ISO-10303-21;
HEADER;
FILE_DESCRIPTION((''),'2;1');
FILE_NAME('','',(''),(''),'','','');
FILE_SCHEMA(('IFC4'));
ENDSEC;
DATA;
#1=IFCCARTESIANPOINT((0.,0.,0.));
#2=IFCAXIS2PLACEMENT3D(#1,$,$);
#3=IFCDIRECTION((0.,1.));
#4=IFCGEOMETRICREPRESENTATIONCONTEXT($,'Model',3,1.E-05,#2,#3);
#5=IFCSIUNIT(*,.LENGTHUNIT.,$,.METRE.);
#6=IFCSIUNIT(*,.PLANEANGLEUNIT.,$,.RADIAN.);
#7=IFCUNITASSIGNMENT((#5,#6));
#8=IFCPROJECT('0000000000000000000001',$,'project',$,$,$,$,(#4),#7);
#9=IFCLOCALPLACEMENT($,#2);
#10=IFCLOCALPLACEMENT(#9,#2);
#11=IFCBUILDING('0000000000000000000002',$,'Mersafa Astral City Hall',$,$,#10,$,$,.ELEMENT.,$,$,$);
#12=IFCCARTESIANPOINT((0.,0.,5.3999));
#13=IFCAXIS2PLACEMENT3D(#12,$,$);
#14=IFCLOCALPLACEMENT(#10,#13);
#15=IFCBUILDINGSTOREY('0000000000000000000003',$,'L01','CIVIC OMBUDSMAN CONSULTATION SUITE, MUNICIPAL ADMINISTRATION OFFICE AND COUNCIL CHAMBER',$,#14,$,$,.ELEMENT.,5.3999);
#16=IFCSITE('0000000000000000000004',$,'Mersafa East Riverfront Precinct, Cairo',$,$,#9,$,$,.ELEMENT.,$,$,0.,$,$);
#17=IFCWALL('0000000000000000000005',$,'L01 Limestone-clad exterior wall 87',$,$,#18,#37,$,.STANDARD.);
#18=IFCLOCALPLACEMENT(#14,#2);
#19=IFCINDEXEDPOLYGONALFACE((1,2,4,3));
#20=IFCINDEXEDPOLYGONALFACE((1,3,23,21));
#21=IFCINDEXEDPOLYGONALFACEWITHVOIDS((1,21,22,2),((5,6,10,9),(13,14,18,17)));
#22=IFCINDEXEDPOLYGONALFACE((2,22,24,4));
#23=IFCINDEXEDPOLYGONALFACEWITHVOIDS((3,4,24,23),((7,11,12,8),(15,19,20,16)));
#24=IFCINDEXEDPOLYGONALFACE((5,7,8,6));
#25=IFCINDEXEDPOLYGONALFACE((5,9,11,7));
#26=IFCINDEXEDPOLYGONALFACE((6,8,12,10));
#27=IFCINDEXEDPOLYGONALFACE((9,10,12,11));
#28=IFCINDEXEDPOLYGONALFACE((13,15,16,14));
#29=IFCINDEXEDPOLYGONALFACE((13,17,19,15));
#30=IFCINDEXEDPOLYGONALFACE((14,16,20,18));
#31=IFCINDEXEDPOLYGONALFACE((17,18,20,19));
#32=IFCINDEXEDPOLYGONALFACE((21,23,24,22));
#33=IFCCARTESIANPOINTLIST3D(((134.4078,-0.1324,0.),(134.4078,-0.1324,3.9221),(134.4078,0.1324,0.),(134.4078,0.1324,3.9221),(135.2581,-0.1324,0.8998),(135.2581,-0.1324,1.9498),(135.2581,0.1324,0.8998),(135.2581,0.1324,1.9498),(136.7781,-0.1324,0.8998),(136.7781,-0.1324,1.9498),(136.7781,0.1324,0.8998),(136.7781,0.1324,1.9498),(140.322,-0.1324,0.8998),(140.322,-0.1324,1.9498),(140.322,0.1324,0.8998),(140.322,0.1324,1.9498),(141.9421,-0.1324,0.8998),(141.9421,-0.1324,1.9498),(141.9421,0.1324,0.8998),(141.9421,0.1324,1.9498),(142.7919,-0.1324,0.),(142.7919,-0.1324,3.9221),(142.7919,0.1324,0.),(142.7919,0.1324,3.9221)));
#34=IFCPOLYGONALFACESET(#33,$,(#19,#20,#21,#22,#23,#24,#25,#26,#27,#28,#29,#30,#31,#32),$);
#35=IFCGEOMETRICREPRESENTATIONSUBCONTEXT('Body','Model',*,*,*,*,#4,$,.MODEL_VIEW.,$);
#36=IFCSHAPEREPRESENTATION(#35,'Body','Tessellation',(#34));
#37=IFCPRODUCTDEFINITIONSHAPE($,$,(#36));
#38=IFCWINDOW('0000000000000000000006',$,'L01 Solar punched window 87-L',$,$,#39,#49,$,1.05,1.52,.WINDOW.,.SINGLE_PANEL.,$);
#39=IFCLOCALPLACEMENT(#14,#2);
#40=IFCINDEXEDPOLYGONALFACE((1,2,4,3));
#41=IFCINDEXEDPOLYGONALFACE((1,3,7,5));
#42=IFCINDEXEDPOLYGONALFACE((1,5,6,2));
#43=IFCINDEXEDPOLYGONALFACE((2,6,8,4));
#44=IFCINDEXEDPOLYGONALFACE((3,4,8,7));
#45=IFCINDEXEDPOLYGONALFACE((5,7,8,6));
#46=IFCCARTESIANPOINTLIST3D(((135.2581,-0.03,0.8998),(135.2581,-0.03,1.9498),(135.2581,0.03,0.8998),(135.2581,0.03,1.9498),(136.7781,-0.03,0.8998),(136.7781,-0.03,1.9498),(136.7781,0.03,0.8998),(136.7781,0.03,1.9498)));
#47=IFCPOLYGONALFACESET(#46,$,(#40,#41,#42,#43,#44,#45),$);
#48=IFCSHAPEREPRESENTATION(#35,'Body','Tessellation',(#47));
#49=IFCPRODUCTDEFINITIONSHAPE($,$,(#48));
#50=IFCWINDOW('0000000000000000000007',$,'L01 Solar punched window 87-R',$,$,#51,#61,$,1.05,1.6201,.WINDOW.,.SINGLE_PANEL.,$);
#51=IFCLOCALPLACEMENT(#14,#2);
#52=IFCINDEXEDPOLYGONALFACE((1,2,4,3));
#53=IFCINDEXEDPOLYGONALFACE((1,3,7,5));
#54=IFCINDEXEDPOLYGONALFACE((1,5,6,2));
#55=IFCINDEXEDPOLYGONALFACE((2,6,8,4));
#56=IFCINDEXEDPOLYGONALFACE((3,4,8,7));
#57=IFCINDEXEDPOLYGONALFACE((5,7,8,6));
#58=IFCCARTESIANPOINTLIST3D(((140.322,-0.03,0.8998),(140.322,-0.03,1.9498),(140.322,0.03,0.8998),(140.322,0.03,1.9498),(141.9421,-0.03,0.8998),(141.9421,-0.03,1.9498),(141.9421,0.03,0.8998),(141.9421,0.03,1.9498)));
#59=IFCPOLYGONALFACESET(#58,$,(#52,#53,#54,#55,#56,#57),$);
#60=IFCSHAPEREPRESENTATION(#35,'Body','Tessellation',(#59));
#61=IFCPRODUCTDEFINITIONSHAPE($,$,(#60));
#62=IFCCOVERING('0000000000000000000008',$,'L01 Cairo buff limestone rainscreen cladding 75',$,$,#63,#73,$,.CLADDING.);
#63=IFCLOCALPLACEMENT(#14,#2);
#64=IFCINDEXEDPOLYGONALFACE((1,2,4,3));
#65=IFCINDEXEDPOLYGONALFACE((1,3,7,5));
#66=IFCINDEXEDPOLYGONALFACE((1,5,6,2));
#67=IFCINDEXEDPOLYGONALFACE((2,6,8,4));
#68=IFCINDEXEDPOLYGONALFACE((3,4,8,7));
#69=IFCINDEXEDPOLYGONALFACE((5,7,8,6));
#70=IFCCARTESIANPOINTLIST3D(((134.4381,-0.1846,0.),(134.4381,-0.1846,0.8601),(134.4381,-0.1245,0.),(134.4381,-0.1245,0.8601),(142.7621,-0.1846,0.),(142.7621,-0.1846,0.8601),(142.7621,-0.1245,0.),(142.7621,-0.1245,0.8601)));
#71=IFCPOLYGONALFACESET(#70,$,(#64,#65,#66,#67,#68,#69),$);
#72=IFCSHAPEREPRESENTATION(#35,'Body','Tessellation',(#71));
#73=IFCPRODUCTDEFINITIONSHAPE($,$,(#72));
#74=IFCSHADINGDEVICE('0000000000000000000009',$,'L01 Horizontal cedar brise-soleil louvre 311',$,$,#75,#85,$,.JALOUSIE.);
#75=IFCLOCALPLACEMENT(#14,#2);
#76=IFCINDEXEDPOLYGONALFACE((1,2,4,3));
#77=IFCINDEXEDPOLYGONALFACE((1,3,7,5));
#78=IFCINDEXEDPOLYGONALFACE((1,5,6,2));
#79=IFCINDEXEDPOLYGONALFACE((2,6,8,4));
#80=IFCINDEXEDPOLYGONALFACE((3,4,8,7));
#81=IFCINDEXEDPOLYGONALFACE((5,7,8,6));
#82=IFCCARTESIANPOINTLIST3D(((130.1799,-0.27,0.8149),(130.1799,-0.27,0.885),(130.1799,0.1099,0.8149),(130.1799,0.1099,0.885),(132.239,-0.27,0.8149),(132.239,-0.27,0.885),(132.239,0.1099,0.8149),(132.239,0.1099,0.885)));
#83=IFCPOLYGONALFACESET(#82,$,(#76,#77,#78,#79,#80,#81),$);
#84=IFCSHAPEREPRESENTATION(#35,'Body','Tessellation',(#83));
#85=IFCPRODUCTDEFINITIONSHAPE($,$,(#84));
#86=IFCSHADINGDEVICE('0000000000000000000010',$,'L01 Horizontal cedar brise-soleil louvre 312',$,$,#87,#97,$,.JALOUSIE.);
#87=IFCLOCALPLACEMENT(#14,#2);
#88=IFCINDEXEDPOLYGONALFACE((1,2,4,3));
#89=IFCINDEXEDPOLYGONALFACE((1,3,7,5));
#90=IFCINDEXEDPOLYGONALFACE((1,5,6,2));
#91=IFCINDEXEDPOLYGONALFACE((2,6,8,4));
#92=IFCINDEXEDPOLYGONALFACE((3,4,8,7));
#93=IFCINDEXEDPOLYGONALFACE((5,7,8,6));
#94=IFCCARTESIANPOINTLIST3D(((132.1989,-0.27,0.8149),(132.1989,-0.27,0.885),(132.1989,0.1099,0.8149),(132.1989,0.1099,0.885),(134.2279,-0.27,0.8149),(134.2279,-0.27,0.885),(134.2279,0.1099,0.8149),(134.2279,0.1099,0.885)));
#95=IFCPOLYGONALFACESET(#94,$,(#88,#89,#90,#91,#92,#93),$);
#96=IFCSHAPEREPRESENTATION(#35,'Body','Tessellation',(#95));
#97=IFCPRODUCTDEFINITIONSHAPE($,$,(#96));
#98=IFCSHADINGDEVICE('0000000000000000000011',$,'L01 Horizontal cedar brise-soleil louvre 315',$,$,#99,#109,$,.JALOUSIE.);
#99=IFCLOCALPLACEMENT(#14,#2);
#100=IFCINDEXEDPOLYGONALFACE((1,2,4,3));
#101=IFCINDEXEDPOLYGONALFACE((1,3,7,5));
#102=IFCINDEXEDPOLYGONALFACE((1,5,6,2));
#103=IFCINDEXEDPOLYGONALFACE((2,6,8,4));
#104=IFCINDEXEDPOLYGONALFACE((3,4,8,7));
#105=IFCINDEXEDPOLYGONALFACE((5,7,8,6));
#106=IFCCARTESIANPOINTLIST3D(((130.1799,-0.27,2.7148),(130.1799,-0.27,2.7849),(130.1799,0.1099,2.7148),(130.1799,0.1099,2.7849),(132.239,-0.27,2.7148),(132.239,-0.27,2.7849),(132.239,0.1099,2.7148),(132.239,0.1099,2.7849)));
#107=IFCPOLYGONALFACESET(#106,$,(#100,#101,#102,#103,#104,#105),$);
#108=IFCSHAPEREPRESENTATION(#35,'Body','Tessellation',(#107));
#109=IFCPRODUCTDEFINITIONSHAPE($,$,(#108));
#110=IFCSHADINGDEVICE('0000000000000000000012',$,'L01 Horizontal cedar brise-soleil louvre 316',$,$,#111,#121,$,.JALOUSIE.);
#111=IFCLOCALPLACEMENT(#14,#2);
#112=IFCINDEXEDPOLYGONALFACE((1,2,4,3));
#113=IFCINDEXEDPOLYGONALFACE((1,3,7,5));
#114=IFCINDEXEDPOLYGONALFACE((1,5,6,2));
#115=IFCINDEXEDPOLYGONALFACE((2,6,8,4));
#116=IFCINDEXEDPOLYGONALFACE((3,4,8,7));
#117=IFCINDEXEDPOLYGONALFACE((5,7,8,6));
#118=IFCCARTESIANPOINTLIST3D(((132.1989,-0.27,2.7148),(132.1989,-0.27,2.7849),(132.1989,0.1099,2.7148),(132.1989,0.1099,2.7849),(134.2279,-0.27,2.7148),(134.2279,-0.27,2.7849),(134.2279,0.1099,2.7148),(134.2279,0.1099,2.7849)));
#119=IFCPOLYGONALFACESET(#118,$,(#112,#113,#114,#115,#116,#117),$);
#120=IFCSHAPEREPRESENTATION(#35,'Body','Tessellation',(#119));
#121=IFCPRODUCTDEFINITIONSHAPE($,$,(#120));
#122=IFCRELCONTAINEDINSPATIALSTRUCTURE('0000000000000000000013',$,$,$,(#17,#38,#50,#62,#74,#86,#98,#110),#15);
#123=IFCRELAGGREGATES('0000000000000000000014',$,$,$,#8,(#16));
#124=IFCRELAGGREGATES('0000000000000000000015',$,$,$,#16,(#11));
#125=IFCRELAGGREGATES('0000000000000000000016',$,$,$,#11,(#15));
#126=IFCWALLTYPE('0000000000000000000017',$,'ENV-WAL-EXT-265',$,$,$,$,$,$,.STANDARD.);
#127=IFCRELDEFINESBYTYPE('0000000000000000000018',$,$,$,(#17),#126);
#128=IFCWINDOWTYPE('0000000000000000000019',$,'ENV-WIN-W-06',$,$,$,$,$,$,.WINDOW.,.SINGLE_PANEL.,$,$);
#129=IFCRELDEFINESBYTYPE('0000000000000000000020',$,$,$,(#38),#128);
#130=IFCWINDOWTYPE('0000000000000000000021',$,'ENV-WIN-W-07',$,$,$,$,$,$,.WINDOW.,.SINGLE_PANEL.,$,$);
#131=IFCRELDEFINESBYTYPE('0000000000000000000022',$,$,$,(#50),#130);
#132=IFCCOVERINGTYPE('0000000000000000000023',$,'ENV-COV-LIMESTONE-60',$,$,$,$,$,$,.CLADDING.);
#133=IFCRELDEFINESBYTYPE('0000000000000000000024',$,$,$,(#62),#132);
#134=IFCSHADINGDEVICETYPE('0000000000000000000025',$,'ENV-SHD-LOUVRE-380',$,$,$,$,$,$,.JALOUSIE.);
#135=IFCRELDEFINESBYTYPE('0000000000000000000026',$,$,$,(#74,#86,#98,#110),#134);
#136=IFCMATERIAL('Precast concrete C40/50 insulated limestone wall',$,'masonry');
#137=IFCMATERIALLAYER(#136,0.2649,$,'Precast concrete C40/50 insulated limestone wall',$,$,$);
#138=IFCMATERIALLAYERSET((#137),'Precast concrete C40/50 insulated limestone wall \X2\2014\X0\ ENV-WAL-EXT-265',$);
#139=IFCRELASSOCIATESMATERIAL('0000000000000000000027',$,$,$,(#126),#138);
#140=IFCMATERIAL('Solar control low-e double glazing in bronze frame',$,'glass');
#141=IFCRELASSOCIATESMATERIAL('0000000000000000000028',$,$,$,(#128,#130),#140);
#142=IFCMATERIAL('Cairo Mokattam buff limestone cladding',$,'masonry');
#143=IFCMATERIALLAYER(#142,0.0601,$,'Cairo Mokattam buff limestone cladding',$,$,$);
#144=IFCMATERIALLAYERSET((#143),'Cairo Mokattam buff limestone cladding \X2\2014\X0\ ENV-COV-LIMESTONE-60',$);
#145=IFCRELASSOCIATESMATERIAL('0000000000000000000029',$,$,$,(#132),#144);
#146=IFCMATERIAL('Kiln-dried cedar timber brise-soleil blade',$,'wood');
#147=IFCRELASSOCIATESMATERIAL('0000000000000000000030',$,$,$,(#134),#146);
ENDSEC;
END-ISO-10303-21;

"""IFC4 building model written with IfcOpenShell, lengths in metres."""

from ifc_helpers import new_model, si_unit, direction, frame, frame_2d, origin, origin_2d, place, context, subcontext, project, spatial, rectangle, extrude, material, layer, layer_set, type_object, element, fill, save


model = new_model("IFC4")

# Units and contexts
model_context = context("Model", 3, precision=1e-05, world=origin(), true_north=direction((0.0, 1.0)))
body_context = subcontext(model_context, "Body", "Model", "MODEL_VIEW")
ifc_project = project(units=[si_unit("LENGTHUNIT", "METRE"), si_unit("PLANEANGLEUNIT", "RADIAN")], contexts=[model_context])

# Site, building, storey
site_placement = place(None, origin())
site = spatial("IfcSite", under=ifc_project, at=site_placement, Name="Mersafa East Riverfront Precinct, Cairo", CompositionType="ELEMENT", RefElevation=0.0)
building_placement = place(site_placement, origin())
building = spatial("IfcBuilding", under=site, at=building_placement, Name="Mersafa Astral City Hall", CompositionType="ELEMENT")
storey_placement = place(building_placement, frame((0.0, 0.0, 5.3999)))
storey = spatial("IfcBuildingStorey", under=building, at=storey_placement, Name="L01", Description="CIVIC OMBUDSMAN CONSULTATION SUITE, MUNICIPAL ADMINISTRATION OFFICE AND COUNCIL CHAMBER", CompositionType="ELEMENT", Elevation=5.3999)

# Wall, openings, windows
ifc_material_1 = material(Name="Precast concrete C40/50 insulated limestone wall", Category="masonry")
ifc_layer_1 = layer(ifc_material_1, 0.2649, Name="Precast concrete C40/50 insulated limestone wall")
ifc_layer_set_1 = layer_set([ifc_layer_1], Name="Precast concrete C40/50 insulated limestone wall — ENV-WAL-EXT-265")
wall_type = type_object("IfcWallType", Name="ENV-WAL-EXT-265", PredefinedType="STANDARD", material=ifc_layer_set_1)
wall_placement = place(storey_placement, frame((134.408, 0.0, 0.0), z_axis=(0.0, 0.0, 1.0), x_axis=(1.0, 0.0, 0.0)))
wall = element("IfcWall", 1, at=wall_placement, inside=storey, type_object=wall_type, Name="L01 Limestone-clad exterior wall 87", PredefinedType="STANDARD", context=body_context, shape_type="SweptSolid", body=[
    extrude(rectangle(XDim=8.384, YDim=0.2649, at=frame_2d((4.1919, 0.0))), origin(), (0.0, 0.0, 1.0), 3.9221),
])
opening_1_placement = place(wall_placement, frame((0.8501, 0.0, 0.8999)))
opening_1 = element("IfcOpeningElement", 2, at=opening_1_placement, cuts=wall, PredefinedType="OPENING", context=body_context, shape_type="SweptSolid", body=[
    extrude(rectangle(XDim=1.52, YDim=1.05, at=frame_2d((0.76, 0.5249))), frame((0.0, 0.1423, 0.0), z_axis=(0.0, -1.0, 0.0), x_axis=(1.0, 0.0, 0.0)), (0.0, 0.0, 1.0), 0.2849),
])
opening_2_placement = place(wall_placement, frame((5.9141, 0.0, 0.8999)))
opening_2 = element("IfcOpeningElement", 3, at=opening_2_placement, cuts=wall, PredefinedType="OPENING", context=body_context, shape_type="SweptSolid", body=[
    extrude(rectangle(XDim=1.6201, YDim=1.05, at=frame_2d((0.8101, 0.5249))), frame((0.0, 0.1423, 0.0), z_axis=(0.0, -1.0, 0.0), x_axis=(1.0, 0.0, 0.0)), (0.0, 0.0, 1.0), 0.2849),
])
ifc_material_2 = material(Name="Solar control low-e double glazing in bronze frame", Category="glass")
window_type_1 = type_object("IfcWindowType", Name="ENV-WIN-W-06", PartitioningType="SINGLE_PANEL", PredefinedType="WINDOW", material=ifc_material_2)
window_1_placement = place(opening_1_placement, origin())
window_1 = element("IfcWindow", 4, at=window_1_placement, inside=storey, type_object=window_type_1, Name="L01 Solar punched window 87-L", OverallHeight=1.05, OverallWidth=1.52, PartitioningType="SINGLE_PANEL", PredefinedType="WINDOW", context=body_context, shape_type="SweptSolid", body=[
    extrude(rectangle(XDim=1.52, YDim=1.05, at=frame_2d((0.76, 0.5249))), frame((0.0, 0.03, 0.0), z_axis=(0.0, -1.0, 0.0), x_axis=(1.0, 0.0, 0.0)), (0.0, 0.0, 1.0), 0.0601),
])
fill(opening_1, window_1)
window_type_2 = type_object("IfcWindowType", Name="ENV-WIN-W-07", PartitioningType="SINGLE_PANEL", PredefinedType="WINDOW", material=ifc_material_2)
window_2_placement = place(opening_2_placement, origin())
window_2 = element("IfcWindow", 5, at=window_2_placement, inside=storey, type_object=window_type_2, Name="L01 Solar punched window 87-R", OverallHeight=1.05, OverallWidth=1.6201, PartitioningType="SINGLE_PANEL", PredefinedType="WINDOW", context=body_context, shape_type="SweptSolid", body=[
    extrude(rectangle(XDim=1.6201, YDim=1.05, at=frame_2d((0.8101, 0.5249))), frame((0.0, 0.03, 0.0), z_axis=(0.0, -1.0, 0.0), x_axis=(1.0, 0.0, 0.0)), (0.0, 0.0, 1.0), 0.0601),
])
fill(opening_2, window_2)

# Covering
ifc_material_3 = material(Name="Cairo Mokattam buff limestone cladding", Category="masonry")
ifc_layer_2 = layer(ifc_material_3, 0.0601, Name="Cairo Mokattam buff limestone cladding")
ifc_layer_set_2 = layer_set([ifc_layer_2], Name="Cairo Mokattam buff limestone cladding — ENV-COV-LIMESTONE-60")
covering_type = type_object("IfcCoveringType", Name="ENV-COV-LIMESTONE-60", PredefinedType="CLADDING", material=ifc_layer_set_2)
covering_placement = place(storey_placement, frame((138.6001, -0.1545, 0.0), z_axis=(0.0, 0.0, 1.0), x_axis=(1.0, 0.0, 0.0)))
element("IfcCovering", 6, at=covering_placement, inside=storey, type_object=covering_type, Name="L01 Cairo buff limestone rainscreen cladding 75", PredefinedType="CLADDING", context=body_context, shape_type="SweptSolid", body=[
    extrude(rectangle(XDim=8.324, YDim=0.0601, at=origin_2d()), origin(), (0.0, 0.0, 1.0), 0.8601),
])

# Shading devices
ifc_material_4 = material(Name="Kiln-dried cedar timber brise-soleil blade", Category="wood")
shading_device_type = type_object("IfcShadingDeviceType", Name="ENV-SHD-LOUVRE-380", PredefinedType="JALOUSIE", material=ifc_material_4)
shading_device_1_placement = place(storey_placement, frame((131.2095, -0.0801, 0.8149), z_axis=(0.0, 0.0, 1.0), x_axis=(1.0, 0.0, 0.0)))
element("IfcShadingDevice", 7, at=shading_device_1_placement, inside=storey, type_object=shading_device_type, Name="L01 Horizontal cedar brise-soleil louvre 311", PredefinedType="JALOUSIE", context=body_context, shape_type="SweptSolid", body=[
    extrude(rectangle(XDim=2.0591, YDim=0.3799, at=origin_2d()), origin(), (0.0, 0.0, 1.0), 0.0701),
])
shading_device_2_placement = place(storey_placement, frame((133.2134, -0.0801, 0.8149), z_axis=(0.0, 0.0, 1.0), x_axis=(1.0, 0.0, 0.0)))
element("IfcShadingDevice", 8, at=shading_device_2_placement, inside=storey, type_object=shading_device_type, Name="L01 Horizontal cedar brise-soleil louvre 312", PredefinedType="JALOUSIE", context=body_context, shape_type="SweptSolid", body=[
    extrude(rectangle(XDim=2.0291, YDim=0.3799, at=origin_2d()), origin(), (0.0, 0.0, 1.0), 0.0701),
])
shading_device_3_placement = place(storey_placement, frame((131.2095, -0.0801, 2.7148), z_axis=(0.0, 0.0, 1.0), x_axis=(1.0, 0.0, 0.0)))
element("IfcShadingDevice", 9, at=shading_device_3_placement, inside=storey, type_object=shading_device_type, Name="L01 Horizontal cedar brise-soleil louvre 315", PredefinedType="JALOUSIE", context=body_context, shape_type="SweptSolid", body=[
    extrude(rectangle(XDim=2.0591, YDim=0.3799, at=origin_2d()), origin(), (0.0, 0.0, 1.0), 0.0701),
])
shading_device_4_placement = place(storey_placement, frame((133.2134, -0.0801, 2.7148), z_axis=(0.0, 0.0, 1.0), x_axis=(1.0, 0.0, 0.0)))
element("IfcShadingDevice", 10, at=shading_device_4_placement, inside=storey, type_object=shading_device_type, Name="L01 Horizontal cedar brise-soleil louvre 316", PredefinedType="JALOUSIE", context=body_context, shape_type="SweptSolid", body=[
    extrude(rectangle(XDim=2.0291, YDim=0.3799, at=origin_2d()), origin(), (0.0, 0.0, 1.0), 0.0701),
])

save(model, "model.ifc")
